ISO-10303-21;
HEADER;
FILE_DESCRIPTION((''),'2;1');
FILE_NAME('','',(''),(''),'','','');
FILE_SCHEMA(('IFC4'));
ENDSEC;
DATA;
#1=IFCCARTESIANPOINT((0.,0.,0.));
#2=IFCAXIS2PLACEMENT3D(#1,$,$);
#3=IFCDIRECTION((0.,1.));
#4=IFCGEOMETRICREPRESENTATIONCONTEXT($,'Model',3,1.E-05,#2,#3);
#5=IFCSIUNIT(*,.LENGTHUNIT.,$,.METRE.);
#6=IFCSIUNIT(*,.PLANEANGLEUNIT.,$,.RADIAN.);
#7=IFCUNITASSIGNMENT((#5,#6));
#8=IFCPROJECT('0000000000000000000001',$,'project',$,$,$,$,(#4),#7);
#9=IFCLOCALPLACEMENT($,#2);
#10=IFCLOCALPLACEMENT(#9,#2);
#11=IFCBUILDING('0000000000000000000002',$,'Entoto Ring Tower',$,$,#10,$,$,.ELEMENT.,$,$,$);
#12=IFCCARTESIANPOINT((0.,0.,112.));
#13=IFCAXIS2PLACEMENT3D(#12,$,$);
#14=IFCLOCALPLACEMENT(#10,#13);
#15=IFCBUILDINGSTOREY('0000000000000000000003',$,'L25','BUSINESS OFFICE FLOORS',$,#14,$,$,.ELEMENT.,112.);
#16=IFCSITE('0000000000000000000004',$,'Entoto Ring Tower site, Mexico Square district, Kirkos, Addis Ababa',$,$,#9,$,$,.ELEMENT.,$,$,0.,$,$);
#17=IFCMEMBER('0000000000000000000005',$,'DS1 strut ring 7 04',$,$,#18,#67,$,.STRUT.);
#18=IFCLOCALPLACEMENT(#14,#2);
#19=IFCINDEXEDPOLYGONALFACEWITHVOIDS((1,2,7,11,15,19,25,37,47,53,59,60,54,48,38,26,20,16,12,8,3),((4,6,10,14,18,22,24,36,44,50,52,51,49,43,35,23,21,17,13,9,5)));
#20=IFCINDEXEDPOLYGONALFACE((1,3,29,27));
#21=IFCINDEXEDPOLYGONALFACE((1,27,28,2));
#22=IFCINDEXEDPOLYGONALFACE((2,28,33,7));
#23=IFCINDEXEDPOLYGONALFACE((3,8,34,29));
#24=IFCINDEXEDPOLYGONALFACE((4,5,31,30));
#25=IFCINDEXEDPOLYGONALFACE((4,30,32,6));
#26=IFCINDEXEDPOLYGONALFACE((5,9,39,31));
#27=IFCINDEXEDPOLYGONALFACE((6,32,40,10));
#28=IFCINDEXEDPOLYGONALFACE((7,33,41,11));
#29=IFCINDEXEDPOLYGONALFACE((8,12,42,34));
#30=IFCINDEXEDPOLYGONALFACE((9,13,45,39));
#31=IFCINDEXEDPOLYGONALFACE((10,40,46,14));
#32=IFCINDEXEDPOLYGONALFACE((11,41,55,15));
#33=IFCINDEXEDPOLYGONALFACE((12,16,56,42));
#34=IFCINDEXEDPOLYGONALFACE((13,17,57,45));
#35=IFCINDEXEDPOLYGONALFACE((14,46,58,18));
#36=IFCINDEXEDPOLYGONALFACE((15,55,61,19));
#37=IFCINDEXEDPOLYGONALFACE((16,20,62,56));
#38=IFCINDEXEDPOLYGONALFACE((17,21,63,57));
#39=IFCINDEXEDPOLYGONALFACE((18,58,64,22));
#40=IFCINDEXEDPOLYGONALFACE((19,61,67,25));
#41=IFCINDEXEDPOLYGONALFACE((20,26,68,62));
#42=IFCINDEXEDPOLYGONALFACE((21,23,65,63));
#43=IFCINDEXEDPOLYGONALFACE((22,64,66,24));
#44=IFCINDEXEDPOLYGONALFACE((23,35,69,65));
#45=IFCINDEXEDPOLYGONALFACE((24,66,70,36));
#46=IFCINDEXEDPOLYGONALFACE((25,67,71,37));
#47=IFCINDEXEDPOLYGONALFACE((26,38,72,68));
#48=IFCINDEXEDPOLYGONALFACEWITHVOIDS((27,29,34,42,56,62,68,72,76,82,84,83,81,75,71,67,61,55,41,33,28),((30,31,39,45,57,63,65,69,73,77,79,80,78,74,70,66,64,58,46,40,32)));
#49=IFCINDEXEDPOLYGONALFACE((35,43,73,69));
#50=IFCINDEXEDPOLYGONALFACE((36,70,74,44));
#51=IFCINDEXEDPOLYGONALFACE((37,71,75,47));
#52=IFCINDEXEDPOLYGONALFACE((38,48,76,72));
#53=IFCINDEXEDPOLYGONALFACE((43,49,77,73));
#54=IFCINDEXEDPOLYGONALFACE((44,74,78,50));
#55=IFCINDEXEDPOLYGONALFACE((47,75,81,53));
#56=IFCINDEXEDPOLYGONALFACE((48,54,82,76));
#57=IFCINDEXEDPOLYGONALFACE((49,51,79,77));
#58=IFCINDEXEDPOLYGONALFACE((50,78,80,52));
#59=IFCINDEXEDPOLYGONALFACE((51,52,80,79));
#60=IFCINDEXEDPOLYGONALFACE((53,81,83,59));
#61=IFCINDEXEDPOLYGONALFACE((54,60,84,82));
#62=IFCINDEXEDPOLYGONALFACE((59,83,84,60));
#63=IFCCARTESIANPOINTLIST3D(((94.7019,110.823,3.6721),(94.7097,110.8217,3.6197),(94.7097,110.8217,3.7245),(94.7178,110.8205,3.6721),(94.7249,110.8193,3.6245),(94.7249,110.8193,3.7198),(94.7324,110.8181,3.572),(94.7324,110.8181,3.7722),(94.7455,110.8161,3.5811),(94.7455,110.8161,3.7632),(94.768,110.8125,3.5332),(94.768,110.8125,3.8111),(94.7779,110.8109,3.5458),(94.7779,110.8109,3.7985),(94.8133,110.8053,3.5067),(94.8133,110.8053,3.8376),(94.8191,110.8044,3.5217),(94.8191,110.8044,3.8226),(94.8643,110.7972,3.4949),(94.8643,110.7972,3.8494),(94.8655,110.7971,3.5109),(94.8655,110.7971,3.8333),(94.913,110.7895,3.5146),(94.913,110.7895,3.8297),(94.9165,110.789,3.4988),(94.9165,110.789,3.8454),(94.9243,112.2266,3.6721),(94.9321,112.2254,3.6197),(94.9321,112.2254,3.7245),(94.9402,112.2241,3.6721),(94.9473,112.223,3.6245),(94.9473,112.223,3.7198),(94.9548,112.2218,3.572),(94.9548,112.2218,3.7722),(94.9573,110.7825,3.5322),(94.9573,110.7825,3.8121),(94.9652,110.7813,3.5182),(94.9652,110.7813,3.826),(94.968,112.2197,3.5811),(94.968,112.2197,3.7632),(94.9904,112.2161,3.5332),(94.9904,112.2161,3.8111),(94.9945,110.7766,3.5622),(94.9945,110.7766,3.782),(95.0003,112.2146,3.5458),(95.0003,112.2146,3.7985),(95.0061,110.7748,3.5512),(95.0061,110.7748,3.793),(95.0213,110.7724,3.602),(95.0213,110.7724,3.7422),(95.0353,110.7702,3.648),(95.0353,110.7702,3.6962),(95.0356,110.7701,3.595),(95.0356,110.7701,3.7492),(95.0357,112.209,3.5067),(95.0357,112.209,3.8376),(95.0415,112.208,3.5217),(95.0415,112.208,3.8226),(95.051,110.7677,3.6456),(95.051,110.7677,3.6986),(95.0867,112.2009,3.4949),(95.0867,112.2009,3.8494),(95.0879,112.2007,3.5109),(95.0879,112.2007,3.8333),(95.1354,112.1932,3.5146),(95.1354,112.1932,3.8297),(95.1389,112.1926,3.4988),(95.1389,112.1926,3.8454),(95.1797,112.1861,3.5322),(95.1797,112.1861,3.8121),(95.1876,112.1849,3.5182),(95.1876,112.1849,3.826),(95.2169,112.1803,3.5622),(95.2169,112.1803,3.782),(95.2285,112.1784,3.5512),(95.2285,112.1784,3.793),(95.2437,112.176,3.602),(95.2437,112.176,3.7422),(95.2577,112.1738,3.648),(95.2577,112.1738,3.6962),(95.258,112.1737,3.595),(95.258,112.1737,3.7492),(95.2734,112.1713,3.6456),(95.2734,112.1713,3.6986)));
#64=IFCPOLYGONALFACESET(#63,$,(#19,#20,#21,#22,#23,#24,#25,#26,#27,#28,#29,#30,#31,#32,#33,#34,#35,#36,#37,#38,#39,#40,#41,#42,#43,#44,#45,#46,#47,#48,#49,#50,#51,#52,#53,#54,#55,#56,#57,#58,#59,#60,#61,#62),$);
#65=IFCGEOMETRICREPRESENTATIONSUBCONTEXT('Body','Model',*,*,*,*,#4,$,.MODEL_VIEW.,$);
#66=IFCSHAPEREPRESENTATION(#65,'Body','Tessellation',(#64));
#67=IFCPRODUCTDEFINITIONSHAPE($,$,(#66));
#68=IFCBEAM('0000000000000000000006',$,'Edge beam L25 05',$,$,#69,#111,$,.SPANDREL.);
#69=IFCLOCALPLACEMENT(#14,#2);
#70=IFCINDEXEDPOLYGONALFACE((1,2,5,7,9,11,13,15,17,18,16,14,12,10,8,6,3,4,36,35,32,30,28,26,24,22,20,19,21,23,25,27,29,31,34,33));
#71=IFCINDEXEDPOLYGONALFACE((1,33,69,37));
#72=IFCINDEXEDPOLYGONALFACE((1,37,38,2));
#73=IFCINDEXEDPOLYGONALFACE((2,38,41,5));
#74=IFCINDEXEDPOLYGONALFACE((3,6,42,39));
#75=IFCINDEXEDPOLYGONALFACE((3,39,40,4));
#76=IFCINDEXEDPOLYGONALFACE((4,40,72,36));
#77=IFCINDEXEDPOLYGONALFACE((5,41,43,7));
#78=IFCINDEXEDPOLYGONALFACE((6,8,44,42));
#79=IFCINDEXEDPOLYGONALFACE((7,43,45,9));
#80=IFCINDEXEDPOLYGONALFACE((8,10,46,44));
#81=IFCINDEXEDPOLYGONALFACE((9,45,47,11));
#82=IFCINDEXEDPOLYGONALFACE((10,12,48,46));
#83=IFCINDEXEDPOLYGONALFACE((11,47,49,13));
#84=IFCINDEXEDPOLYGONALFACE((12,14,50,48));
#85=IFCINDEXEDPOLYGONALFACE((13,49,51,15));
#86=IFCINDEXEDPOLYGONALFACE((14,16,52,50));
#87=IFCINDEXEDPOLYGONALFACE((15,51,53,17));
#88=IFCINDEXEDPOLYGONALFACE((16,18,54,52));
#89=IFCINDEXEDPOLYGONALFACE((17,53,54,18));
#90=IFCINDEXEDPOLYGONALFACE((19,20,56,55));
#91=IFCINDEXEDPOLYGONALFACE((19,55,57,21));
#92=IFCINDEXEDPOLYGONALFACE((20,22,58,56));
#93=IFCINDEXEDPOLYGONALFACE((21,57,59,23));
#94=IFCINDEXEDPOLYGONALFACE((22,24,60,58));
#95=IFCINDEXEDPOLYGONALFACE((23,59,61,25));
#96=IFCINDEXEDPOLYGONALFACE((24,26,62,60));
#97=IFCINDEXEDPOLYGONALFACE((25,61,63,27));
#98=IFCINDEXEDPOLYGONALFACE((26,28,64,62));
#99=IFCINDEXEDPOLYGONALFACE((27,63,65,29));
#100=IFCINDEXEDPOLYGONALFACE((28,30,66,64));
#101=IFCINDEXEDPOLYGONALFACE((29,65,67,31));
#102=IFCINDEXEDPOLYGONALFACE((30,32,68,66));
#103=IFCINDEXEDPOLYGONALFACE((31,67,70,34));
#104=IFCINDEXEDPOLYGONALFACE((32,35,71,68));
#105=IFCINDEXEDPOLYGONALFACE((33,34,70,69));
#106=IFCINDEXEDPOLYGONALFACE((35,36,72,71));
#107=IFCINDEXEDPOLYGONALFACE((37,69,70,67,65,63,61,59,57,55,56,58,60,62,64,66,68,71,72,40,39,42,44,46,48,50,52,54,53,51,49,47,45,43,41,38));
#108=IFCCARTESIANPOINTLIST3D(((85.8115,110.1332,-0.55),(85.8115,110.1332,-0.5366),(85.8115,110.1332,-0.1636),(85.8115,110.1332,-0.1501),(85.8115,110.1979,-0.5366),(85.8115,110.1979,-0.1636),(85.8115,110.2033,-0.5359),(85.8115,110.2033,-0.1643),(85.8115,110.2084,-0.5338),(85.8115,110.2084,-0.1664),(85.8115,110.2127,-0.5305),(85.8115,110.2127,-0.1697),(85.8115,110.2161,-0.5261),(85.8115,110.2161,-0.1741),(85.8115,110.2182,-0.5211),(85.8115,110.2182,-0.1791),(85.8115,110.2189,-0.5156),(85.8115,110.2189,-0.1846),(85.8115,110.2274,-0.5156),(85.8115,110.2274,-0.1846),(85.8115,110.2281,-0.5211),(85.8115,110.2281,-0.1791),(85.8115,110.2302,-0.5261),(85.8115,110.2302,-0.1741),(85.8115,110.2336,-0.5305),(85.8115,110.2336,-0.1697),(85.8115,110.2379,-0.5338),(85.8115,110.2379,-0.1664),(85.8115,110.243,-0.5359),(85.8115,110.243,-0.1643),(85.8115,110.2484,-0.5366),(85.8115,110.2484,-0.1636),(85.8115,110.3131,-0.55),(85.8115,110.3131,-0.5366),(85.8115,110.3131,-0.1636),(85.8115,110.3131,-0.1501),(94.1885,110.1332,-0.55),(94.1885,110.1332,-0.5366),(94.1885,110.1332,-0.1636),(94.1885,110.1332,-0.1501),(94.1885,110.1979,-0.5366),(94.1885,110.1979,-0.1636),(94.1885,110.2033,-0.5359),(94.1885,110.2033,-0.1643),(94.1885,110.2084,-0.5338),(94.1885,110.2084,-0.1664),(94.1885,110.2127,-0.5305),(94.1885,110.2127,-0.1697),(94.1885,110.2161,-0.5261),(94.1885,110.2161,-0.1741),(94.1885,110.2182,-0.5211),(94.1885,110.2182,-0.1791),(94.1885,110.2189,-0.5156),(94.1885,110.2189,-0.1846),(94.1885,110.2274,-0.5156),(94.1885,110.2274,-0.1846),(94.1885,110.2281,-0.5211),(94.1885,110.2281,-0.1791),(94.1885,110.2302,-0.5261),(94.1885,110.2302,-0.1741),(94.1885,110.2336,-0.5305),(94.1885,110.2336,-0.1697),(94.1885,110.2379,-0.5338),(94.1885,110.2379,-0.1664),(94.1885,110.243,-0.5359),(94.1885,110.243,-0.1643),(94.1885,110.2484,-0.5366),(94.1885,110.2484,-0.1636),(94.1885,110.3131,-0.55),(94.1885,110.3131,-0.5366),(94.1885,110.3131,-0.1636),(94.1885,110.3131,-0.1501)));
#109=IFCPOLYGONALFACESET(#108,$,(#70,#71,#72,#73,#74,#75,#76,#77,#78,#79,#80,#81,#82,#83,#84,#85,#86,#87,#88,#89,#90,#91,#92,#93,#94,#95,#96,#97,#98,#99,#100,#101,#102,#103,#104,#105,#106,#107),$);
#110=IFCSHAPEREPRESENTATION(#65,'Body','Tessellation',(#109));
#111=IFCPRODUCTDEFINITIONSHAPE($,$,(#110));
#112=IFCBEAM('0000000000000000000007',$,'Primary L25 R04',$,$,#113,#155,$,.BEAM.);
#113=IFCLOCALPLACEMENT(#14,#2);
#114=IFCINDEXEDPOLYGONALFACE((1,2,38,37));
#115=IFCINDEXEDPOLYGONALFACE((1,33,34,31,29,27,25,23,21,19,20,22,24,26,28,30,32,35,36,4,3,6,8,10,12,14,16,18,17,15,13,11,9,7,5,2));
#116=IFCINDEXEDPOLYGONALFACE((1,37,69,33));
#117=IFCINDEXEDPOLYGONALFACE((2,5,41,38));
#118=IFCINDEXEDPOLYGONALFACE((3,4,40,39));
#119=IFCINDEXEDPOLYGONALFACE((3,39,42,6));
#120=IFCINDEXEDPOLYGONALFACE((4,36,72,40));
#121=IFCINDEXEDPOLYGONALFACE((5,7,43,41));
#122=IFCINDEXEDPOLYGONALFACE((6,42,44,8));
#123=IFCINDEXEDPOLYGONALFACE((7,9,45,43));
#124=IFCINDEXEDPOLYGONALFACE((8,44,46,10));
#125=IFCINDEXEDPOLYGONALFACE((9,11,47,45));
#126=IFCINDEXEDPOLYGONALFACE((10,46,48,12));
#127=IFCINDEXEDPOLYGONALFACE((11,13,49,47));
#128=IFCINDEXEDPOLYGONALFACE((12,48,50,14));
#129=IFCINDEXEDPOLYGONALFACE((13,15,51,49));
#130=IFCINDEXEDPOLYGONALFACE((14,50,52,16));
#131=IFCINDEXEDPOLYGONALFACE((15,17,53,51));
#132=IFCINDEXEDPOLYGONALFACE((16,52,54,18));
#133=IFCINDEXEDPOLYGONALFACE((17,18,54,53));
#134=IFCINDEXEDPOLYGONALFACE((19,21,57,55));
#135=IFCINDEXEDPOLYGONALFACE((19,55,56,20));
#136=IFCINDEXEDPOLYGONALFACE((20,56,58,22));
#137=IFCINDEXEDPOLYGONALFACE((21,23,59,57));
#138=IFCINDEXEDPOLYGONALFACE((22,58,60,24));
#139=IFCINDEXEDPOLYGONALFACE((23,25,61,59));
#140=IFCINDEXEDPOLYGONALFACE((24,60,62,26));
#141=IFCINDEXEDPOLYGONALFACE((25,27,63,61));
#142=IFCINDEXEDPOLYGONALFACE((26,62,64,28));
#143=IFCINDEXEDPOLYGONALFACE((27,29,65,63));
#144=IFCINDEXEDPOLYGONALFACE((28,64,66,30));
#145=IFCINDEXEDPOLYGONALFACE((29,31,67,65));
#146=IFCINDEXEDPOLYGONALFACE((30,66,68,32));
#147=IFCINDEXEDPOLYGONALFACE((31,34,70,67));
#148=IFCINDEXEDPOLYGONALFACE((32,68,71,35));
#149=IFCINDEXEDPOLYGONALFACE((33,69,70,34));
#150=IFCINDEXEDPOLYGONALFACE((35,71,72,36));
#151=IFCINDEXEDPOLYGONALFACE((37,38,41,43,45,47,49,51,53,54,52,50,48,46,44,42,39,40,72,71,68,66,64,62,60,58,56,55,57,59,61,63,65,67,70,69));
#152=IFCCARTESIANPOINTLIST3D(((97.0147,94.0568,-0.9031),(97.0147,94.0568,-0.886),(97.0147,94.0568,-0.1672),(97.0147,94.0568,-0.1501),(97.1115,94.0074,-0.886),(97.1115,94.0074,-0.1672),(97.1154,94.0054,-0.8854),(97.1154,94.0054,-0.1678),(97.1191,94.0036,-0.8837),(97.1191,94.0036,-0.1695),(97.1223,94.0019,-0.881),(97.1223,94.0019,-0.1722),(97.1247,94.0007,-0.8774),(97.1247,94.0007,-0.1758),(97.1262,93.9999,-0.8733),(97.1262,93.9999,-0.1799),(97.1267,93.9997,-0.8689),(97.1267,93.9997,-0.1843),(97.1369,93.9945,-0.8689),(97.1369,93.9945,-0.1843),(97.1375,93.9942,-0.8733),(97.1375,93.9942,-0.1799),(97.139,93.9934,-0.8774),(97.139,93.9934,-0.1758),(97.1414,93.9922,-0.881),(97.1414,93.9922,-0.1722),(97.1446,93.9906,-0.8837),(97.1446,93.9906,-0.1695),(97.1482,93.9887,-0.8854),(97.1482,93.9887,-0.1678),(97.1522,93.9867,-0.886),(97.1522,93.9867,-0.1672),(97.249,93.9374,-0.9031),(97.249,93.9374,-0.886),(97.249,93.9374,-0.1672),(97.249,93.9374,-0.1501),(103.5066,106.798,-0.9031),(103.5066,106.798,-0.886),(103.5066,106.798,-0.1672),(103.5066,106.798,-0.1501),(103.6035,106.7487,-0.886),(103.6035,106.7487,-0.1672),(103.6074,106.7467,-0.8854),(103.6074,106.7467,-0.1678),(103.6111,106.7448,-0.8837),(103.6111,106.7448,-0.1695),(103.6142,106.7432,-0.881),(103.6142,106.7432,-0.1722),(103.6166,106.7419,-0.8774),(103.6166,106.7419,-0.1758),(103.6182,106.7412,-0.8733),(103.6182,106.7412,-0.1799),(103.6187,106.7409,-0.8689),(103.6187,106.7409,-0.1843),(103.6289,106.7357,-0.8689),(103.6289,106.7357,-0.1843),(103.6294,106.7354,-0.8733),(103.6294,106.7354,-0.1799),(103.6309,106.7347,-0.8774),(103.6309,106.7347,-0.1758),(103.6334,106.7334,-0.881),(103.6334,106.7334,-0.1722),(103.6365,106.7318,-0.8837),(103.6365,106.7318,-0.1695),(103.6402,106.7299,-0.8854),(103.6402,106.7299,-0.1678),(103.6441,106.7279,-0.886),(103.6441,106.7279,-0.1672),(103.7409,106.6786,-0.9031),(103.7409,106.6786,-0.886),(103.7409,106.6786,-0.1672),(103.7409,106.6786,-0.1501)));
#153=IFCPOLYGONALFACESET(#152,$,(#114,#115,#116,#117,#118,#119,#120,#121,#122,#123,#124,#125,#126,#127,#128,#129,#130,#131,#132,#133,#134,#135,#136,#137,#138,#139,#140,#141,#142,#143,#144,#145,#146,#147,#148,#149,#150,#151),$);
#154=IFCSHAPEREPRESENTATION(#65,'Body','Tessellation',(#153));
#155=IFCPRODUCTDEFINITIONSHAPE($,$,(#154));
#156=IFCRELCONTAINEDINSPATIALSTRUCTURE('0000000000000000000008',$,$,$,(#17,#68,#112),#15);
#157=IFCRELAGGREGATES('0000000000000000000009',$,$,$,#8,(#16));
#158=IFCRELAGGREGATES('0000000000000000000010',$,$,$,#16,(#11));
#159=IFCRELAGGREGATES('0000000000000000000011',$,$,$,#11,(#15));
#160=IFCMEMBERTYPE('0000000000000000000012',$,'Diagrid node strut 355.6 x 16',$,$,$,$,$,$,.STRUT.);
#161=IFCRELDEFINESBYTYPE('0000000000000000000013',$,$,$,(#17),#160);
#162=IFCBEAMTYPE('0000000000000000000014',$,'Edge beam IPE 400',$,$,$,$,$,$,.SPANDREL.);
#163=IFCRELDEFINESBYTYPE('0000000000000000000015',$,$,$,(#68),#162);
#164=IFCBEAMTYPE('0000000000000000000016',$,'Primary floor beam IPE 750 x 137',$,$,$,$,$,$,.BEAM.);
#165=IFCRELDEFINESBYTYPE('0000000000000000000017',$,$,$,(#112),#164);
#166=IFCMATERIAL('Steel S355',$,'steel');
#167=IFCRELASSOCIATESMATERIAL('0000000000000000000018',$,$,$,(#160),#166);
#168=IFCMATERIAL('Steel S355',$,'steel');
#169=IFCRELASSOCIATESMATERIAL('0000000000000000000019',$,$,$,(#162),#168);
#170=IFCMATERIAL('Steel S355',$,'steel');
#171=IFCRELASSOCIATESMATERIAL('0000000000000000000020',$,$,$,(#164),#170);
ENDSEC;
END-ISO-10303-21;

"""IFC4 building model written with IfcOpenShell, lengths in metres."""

from ifc_helpers import new_model, si_unit, direction, frame, origin, origin_2d, place, context, subcontext, project, spatial, circle, hollow_circle, i_section, extrude, material, material_profile, profile_set, type_object, element, save


model = new_model("IFC4")

# Units and contexts
model_context = context("Model", 3, precision=1e-05, world=origin(), true_north=direction((0.0, 1.0)))
body_context = subcontext(model_context, "Body", "Model", "MODEL_VIEW")
ifc_project = project(units=[si_unit("LENGTHUNIT", "METRE"), si_unit("PLANEANGLEUNIT", "RADIAN")], contexts=[model_context])

# Site, building, storey
site_placement = place(None, origin())
site = spatial("IfcSite", under=ifc_project, at=site_placement, Name="Entoto Ring Tower site, Mexico Square district, Kirkos, Addis Ababa", CompositionType="ELEMENT", RefElevation=0.0)
building_placement = place(site_placement, origin())
building = spatial("IfcBuilding", under=site, at=building_placement, Name="Entoto Ring Tower", CompositionType="ELEMENT")
storey_placement = place(building_placement, frame((0.0, 0.0, 112.0)))
storey = spatial("IfcBuildingStorey", under=building, at=storey_placement, Name="L25", Description="BUSINESS OFFICE FLOORS", CompositionType="ELEMENT", Elevation=112.0)

# Member
ifc_material_1 = material(Name="Steel S355", Category="steel")
ifc_material_profile_1 = material_profile(ifc_material_1, hollow_circle(Radius=0.1777, WallThickness=0.0161, at=origin_2d()), Name="CHS 355.6 x 16")
ifc_material_2 = material(Name="Concrete C60/75", Category="concrete")
ifc_material_profile_2 = material_profile(ifc_material_2, circle(Radius=0.1619, at=origin_2d()), Name="Concrete C60/75 infill")
ifc_profile_set_1 = profile_set([ifc_material_profile_1, ifc_material_profile_2], Name="Steel S355")
member_type = type_object("IfcMemberType", Name="Diagrid node strut 355.6 x 16", PredefinedType="STRUT", material=ifc_profile_set_1)
member_placement = place(storey_placement, frame((94.8774, 110.7952, 3.6721), z_axis=(0.15651, 0.987676, 0.0), x_axis=(-0.987676, 0.15651, 0.0)))
element("IfcMember", 1, at=member_placement, inside=storey, type_object=member_type, Name="DS1 strut ring 7 04", PredefinedType="STRUT", context=body_context, shape_type="SweptSolid", body=[
    extrude(hollow_circle(Radius=0.1777, WallThickness=0.0161, at=origin_2d()), origin(), (0.0, 0.0, 1.0), 1.4211),
])

# Beams
ifc_material_3 = material(Name="Steel S355", Category="steel")
ifc_material_profile_3 = material_profile(ifc_material_3, i_section(OverallWidth=0.1799, OverallDepth=0.3999, WebThickness=0.0085, FlangeThickness=0.0134, FilletRadius=0.021, at=origin_2d()), Name="IPE 400")
ifc_profile_set_2 = profile_set([ifc_material_profile_3], Name="Steel S355")
beam_type_1 = type_object("IfcBeamType", Name="Edge beam IPE 400", PredefinedType="SPANDREL", material=ifc_profile_set_2)
beam_1_placement = place(storey_placement, frame((94.1885, 110.2231, -0.3501), z_axis=(-1.0, 0.0, 0.0), x_axis=(0.0, -1.0, 0.0)))
element("IfcBeam", 2, at=beam_1_placement, inside=storey, type_object=beam_type_1, Name="Edge beam L25 05", PredefinedType="SPANDREL", context=body_context, shape_type="SweptSolid", body=[
    extrude(i_section(OverallWidth=0.1799, OverallDepth=0.3999, WebThickness=0.0085, FlangeThickness=0.0134, FilletRadius=0.021, at=origin_2d()), origin(), (0.0, 0.0, 1.0), 8.377),
])
ifc_material_4 = material(Name="Steel S355", Category="steel")
ifc_material_profile_4 = material_profile(ifc_material_4, i_section(OverallWidth=0.2629, OverallDepth=0.7529, WebThickness=0.0115, FlangeThickness=0.0171, FilletRadius=0.0171, at=origin_2d()), Name="IPE 750 x 137")
ifc_profile_set_3 = profile_set([ifc_material_profile_4], Name="Steel S355")
beam_type_2 = type_object("IfcBeamType", Name="Primary floor beam IPE 750 x 137", PredefinedType="BEAM", material=ifc_profile_set_3)
beam_2_placement = place(storey_placement, frame((97.1318, 93.9971, -0.5266), z_axis=(0.453989, 0.891007, 0.0), x_axis=(-0.891007, 0.453989, 0.0)))
element("IfcBeam", 3, at=beam_2_placement, inside=storey, type_object=beam_type_2, Name="Primary L25 R04", PredefinedType="BEAM", context=body_context, shape_type="SweptSolid", body=[
    extrude(i_section(OverallWidth=0.2629, OverallDepth=0.7529, WebThickness=0.0115, FlangeThickness=0.0171, FilletRadius=0.0171, at=origin_2d()), origin(), (0.0, 0.0, 1.0), 14.2998),
])

save(model, "model.ifc")
